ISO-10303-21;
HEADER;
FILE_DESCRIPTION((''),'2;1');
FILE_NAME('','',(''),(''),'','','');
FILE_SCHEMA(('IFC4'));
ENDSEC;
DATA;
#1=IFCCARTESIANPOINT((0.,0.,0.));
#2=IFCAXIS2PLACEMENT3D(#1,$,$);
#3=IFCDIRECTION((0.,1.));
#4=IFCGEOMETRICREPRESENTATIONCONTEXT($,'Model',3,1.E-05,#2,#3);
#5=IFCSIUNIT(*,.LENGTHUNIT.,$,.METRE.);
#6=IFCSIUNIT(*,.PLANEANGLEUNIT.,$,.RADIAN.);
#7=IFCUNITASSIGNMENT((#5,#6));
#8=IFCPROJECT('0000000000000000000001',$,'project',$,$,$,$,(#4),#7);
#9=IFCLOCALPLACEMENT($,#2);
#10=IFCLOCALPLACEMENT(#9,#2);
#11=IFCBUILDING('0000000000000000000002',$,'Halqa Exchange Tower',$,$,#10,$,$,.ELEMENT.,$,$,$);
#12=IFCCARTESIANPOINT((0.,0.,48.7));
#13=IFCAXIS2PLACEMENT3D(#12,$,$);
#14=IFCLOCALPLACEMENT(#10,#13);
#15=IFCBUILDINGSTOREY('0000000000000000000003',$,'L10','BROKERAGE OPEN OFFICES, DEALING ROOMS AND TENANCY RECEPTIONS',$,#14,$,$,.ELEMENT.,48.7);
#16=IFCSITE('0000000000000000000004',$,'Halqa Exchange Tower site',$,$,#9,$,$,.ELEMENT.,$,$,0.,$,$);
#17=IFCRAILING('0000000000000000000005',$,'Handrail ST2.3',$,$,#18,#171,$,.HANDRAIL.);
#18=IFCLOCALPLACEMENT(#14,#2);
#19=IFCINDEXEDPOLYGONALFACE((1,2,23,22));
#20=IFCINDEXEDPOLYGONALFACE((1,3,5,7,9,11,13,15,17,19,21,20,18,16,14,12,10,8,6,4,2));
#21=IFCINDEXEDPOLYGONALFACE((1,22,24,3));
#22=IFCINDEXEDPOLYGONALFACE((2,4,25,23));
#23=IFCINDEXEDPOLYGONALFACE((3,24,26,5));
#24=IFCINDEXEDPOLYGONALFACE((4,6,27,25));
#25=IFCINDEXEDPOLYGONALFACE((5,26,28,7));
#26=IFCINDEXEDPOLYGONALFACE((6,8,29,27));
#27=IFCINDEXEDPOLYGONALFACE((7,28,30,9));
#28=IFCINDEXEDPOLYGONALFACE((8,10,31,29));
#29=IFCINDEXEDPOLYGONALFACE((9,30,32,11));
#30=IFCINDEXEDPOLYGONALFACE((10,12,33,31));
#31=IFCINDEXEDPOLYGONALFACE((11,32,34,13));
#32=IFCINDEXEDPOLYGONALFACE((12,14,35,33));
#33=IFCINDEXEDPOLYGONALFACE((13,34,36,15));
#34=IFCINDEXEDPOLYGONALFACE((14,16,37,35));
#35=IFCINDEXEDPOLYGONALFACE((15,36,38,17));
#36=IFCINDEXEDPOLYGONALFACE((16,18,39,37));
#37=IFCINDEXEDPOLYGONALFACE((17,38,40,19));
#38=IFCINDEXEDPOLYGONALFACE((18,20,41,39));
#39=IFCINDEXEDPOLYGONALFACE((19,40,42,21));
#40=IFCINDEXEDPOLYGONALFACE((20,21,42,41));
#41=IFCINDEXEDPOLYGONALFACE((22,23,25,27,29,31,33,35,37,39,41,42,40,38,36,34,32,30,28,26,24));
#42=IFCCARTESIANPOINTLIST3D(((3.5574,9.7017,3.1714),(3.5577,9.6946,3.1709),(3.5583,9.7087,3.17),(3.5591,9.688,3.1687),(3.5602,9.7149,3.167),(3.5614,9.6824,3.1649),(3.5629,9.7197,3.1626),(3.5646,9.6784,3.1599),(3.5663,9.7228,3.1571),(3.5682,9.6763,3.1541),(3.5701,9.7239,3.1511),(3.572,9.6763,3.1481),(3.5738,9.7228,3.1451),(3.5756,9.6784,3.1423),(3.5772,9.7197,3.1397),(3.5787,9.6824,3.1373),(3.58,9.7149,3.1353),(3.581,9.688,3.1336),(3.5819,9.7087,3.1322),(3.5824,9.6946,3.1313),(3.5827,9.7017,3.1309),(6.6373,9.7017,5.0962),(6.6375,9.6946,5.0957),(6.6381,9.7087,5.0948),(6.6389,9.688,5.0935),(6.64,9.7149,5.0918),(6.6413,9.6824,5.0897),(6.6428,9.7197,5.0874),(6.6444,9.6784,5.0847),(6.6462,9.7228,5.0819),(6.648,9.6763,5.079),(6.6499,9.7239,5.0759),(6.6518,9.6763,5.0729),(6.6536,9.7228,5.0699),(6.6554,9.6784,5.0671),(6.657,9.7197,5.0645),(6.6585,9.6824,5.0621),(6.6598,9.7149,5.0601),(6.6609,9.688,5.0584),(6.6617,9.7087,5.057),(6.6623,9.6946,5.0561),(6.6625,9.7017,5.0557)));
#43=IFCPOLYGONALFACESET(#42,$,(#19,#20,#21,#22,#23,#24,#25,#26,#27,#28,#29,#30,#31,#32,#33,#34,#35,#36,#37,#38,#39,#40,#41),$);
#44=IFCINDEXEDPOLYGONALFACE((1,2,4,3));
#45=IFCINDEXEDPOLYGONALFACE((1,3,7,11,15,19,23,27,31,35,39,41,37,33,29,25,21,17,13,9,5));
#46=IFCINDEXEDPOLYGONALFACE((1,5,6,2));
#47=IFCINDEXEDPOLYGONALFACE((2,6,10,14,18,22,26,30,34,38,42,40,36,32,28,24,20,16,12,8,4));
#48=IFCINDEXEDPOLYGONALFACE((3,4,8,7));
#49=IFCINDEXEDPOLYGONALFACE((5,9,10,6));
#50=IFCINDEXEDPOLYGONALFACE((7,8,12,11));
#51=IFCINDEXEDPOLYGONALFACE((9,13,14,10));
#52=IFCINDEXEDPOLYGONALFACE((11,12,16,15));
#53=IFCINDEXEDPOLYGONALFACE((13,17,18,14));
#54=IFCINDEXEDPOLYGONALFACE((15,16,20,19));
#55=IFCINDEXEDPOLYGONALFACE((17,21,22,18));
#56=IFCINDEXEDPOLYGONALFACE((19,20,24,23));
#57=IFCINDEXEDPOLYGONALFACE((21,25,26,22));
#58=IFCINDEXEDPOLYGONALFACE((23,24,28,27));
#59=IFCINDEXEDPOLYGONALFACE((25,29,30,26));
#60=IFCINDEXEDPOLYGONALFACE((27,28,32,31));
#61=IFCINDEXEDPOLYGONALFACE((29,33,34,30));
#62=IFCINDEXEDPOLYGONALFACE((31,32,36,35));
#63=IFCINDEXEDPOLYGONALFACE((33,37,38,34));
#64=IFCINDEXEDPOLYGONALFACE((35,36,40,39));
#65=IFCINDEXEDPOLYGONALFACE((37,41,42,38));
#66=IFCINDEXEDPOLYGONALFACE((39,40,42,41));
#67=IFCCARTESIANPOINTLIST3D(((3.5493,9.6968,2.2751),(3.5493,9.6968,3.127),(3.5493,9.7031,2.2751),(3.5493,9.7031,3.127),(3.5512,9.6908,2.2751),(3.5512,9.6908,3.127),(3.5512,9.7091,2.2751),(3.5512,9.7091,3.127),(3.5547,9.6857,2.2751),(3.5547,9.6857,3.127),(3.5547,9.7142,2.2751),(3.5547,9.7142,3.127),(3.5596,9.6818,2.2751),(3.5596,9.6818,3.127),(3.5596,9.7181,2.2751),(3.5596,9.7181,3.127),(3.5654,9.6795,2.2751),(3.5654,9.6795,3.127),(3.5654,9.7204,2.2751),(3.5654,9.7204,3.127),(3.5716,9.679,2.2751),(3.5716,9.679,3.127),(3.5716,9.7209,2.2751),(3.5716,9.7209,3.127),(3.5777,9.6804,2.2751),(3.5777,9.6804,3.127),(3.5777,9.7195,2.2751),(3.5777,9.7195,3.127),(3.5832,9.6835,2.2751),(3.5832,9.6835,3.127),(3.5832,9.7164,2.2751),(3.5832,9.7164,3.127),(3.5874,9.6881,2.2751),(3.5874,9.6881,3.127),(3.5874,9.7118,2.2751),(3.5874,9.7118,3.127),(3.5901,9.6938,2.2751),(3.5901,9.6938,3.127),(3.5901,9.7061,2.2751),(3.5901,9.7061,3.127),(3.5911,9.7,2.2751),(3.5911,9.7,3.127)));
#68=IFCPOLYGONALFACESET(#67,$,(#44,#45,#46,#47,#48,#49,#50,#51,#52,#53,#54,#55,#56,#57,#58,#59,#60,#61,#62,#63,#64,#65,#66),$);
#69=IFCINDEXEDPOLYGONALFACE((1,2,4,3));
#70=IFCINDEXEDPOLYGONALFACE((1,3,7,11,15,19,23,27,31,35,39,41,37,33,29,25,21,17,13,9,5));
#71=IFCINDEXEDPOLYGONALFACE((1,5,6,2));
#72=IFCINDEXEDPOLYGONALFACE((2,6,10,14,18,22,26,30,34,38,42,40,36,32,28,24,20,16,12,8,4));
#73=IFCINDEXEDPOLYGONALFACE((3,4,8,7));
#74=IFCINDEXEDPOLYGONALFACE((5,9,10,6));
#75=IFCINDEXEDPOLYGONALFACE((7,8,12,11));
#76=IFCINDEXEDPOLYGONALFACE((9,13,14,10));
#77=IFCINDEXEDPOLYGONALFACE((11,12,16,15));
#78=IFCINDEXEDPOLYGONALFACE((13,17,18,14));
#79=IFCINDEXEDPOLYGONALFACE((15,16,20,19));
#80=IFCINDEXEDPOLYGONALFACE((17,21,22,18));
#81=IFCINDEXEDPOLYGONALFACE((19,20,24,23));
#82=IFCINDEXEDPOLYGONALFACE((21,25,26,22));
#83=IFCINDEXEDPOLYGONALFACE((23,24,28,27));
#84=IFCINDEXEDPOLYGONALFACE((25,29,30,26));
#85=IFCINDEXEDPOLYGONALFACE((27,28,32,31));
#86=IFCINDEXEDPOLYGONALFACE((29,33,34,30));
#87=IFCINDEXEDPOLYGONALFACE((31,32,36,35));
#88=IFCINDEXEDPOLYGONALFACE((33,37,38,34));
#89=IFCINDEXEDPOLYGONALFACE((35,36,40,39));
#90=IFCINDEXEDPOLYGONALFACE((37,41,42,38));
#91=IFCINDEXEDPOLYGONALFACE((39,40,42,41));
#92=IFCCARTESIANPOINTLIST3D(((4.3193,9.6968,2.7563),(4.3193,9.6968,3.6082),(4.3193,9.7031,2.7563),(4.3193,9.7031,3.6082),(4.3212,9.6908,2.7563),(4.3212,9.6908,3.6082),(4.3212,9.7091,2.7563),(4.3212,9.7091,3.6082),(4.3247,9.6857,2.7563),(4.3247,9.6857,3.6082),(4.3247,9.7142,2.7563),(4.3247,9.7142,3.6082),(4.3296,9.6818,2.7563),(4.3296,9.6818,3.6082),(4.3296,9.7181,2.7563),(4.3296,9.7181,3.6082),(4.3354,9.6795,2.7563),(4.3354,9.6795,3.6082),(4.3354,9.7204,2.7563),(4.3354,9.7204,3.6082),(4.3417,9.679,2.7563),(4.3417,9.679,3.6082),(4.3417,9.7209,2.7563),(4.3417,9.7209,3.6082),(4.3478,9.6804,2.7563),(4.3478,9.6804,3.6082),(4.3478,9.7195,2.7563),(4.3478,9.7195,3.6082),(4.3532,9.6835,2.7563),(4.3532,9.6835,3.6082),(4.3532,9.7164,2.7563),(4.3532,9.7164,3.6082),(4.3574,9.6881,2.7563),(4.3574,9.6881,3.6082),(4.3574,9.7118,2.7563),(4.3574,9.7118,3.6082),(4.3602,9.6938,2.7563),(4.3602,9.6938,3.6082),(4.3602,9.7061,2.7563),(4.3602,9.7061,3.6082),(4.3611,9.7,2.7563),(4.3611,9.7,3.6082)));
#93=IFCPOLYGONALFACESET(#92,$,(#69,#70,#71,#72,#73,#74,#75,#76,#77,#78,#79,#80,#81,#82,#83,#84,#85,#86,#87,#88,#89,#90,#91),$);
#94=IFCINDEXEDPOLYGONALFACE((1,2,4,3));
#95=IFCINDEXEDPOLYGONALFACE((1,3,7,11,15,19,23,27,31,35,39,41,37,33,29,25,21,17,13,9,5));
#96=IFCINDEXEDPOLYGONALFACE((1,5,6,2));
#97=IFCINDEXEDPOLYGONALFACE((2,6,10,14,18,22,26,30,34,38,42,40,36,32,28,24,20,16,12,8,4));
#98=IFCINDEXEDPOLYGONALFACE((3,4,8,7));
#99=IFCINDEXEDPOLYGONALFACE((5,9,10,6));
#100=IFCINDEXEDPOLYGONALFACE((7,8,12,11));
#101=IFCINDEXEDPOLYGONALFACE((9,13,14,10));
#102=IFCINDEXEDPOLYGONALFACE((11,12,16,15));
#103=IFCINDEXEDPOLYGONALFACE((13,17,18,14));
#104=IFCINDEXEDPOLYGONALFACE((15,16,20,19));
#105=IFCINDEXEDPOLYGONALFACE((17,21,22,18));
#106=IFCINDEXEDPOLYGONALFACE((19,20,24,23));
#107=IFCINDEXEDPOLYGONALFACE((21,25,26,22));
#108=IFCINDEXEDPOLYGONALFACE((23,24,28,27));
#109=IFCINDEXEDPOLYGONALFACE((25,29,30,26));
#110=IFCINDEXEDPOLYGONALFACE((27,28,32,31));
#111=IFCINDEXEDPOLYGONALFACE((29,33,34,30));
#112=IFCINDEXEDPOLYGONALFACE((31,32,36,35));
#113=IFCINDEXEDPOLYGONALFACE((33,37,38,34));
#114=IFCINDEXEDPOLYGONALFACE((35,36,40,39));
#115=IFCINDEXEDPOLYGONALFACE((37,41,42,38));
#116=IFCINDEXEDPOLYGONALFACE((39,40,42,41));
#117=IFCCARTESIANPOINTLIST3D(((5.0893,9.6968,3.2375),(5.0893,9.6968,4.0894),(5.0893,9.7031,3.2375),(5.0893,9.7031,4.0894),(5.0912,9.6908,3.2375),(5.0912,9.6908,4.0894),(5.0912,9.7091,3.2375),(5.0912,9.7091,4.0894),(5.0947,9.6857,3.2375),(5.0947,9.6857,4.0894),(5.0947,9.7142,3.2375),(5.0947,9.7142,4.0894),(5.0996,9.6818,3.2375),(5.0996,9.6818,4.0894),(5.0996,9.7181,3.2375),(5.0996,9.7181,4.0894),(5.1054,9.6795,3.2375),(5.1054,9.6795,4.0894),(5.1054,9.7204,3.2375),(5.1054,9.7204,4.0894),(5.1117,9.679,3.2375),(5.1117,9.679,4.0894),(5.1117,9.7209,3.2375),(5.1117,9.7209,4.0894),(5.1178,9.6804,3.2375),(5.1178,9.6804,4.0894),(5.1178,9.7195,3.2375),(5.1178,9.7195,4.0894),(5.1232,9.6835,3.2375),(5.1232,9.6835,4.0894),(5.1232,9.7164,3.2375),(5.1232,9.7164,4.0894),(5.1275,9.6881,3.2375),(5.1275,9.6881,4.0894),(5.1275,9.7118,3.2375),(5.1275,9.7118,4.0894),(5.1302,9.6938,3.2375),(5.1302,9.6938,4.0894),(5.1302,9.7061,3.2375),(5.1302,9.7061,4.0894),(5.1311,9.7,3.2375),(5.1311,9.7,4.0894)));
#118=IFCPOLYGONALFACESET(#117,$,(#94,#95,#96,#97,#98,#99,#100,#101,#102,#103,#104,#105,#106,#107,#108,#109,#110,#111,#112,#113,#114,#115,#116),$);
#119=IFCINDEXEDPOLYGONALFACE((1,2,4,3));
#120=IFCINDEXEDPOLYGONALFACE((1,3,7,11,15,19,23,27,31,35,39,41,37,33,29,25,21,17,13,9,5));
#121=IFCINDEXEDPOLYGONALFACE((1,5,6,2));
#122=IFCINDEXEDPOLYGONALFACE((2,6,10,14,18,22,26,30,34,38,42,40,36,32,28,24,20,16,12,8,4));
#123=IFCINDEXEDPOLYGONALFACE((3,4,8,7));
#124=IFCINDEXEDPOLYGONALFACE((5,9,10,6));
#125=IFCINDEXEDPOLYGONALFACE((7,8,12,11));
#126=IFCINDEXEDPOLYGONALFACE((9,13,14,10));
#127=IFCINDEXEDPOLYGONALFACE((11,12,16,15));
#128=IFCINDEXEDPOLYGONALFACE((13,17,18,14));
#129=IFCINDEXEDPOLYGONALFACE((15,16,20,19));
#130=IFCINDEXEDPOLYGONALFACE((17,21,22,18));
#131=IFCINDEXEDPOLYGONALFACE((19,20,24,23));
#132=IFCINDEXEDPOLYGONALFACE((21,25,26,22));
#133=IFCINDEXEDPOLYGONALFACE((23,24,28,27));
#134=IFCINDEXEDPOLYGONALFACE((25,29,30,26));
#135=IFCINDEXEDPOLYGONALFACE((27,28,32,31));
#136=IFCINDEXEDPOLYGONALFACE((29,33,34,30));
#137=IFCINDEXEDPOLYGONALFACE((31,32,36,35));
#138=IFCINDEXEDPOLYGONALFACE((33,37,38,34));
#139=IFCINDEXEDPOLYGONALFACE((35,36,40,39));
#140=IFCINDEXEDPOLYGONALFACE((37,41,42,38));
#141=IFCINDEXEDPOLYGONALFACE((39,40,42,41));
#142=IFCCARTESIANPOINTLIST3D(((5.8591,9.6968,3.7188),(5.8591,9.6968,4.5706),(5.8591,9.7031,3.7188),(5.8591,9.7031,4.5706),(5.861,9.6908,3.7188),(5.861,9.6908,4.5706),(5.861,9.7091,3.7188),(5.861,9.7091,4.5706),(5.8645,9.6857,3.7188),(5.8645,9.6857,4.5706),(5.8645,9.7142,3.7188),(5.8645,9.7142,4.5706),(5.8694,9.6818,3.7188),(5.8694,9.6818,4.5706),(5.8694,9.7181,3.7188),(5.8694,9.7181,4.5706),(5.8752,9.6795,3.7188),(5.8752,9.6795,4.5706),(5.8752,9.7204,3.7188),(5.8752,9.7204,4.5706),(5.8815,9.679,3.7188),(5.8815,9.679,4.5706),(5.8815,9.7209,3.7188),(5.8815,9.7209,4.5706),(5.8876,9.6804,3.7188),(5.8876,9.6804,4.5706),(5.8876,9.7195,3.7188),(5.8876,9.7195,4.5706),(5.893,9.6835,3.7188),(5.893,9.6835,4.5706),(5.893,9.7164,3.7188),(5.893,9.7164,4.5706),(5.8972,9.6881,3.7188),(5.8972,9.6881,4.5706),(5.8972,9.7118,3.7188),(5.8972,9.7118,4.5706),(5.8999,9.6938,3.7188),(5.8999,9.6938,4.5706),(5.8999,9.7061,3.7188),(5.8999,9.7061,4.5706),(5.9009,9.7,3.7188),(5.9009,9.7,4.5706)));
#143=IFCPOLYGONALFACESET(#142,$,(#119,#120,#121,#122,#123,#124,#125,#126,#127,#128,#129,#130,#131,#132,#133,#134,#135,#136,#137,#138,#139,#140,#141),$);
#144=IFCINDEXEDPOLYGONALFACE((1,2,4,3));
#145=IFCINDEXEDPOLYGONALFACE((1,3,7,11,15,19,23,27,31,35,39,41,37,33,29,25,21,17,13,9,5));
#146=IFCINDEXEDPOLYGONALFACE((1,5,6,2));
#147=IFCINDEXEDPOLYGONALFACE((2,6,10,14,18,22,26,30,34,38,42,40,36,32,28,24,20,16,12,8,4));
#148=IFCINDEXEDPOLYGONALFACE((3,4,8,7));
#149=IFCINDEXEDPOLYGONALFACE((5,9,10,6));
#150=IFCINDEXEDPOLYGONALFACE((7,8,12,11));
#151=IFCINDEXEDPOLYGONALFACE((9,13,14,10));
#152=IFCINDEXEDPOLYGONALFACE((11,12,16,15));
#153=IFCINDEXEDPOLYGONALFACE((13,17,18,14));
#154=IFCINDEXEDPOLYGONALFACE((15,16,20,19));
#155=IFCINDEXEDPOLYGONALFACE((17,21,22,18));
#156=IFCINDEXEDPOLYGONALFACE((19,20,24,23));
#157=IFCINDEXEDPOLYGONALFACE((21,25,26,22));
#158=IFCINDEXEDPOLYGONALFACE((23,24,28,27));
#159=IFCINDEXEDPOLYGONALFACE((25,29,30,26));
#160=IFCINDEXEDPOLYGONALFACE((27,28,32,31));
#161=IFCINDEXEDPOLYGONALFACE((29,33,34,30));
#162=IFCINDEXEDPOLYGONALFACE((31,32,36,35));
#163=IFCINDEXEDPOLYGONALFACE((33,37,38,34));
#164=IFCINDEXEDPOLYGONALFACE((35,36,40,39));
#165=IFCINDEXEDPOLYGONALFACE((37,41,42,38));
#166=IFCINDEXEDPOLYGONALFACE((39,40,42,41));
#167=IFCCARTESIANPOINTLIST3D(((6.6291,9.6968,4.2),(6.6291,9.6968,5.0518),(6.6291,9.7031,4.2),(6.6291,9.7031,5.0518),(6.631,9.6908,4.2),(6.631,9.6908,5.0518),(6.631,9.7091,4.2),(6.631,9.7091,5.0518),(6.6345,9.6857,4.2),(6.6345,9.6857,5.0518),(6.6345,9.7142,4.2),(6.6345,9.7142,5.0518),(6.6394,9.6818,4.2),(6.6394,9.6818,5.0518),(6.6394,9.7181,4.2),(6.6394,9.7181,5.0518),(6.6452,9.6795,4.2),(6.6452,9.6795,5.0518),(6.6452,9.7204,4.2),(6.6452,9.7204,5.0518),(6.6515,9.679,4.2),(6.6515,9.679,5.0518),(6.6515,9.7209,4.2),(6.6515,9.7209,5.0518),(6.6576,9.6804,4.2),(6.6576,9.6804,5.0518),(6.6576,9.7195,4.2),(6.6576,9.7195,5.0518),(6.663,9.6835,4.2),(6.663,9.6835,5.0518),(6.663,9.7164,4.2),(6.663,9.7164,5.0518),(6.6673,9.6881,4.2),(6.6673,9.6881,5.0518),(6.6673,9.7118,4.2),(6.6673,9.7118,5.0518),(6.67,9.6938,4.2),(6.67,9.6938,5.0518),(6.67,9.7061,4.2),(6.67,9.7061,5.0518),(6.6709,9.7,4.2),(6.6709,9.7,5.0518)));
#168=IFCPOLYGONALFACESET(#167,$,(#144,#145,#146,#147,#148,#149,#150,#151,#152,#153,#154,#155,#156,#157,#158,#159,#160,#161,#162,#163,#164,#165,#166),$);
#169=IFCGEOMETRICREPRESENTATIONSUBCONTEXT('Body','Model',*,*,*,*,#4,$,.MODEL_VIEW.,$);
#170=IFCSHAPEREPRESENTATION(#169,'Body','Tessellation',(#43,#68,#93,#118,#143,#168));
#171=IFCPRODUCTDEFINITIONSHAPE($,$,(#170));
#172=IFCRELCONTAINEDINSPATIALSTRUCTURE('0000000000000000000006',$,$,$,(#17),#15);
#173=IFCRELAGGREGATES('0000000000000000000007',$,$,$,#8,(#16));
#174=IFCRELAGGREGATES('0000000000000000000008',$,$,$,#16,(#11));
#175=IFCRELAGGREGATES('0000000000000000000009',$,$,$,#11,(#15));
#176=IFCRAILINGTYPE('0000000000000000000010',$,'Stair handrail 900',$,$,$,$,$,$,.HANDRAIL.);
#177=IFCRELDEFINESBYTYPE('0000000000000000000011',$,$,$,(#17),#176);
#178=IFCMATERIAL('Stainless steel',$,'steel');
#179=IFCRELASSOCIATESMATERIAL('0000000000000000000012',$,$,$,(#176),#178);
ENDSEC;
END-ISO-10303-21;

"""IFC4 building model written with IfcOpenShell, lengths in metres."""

from ifc_helpers import new_model, si_unit, direction, frame, origin, origin_2d, place, context, subcontext, project, spatial, circle, extrude, material, type_object, element, save


model = new_model("IFC4")

# Units and contexts
model_context = context("Model", 3, precision=1e-05, world=origin(), true_north=direction((0.0, 1.0)))
body_context = subcontext(model_context, "Body", "Model", "MODEL_VIEW")
ifc_project = project(units=[si_unit("LENGTHUNIT", "METRE"), si_unit("PLANEANGLEUNIT", "RADIAN")], contexts=[model_context])

# Site, building, storey
site_placement = place(None, origin())
site = spatial("IfcSite", under=ifc_project, at=site_placement, Name="Halqa Exchange Tower site", CompositionType="ELEMENT", RefElevation=0.0)
building_placement = place(site_placement, origin())
building = spatial("IfcBuilding", under=site, at=building_placement, Name="Halqa Exchange Tower", CompositionType="ELEMENT")
storey_placement = place(building_placement, frame((0.0, 0.0, 48.7)))
storey = spatial("IfcBuildingStorey", under=building, at=storey_placement, Name="L10", Description="BROKERAGE OPEN OFFICES, DEALING ROOMS AND TENANCY RECEPTIONS", CompositionType="ELEMENT", Elevation=48.7)

# Railing
ifc_material_1 = material(Name="Stainless steel", Category="steel")
railing_type_1 = type_object("IfcRailingType", Name="Stair handrail 900", PredefinedType="HANDRAIL", material=ifc_material_1)
railing_1_placement = place(storey_placement, frame((3.5701, 9.7, 2.2751)))
element("IfcRailing", 1, at=railing_1_placement, inside=storey, type_object=railing_type_1, Name="Handrail ST2.3", PredefinedType="HANDRAIL", context=body_context, shape_type="SweptSolid", body=[
    extrude(circle(Radius=0.0239, at=origin_2d()), frame((0.0, 0.0, 0.876), z_axis=(0.84801, 0.0, 0.529981), x_axis=(0.0, 1.0, 0.0)), (0.0, 0.0, 1.0), 3.6318),
    extrude(circle(Radius=0.021, at=origin_2d()), origin(), (0.0, 0.0, 1.0), 0.8518),
    extrude(circle(Radius=0.021, at=origin_2d()), frame((0.77, 0.0, 0.4812)), (0.0, 0.0, 1.0), 0.8518),
    extrude(circle(Radius=0.021, at=origin_2d()), frame((1.54, 0.0, 0.9624)), (0.0, 0.0, 1.0), 0.8518),
    extrude(circle(Radius=0.021, at=origin_2d()), frame((2.3098, 0.0, 1.4436)), (0.0, 0.0, 1.0), 0.8518),
    extrude(circle(Radius=0.021, at=origin_2d()), frame((3.0798, 0.0, 1.9248)), (0.0, 0.0, 1.0), 0.8518),
])

save(model, "model.ifc")
